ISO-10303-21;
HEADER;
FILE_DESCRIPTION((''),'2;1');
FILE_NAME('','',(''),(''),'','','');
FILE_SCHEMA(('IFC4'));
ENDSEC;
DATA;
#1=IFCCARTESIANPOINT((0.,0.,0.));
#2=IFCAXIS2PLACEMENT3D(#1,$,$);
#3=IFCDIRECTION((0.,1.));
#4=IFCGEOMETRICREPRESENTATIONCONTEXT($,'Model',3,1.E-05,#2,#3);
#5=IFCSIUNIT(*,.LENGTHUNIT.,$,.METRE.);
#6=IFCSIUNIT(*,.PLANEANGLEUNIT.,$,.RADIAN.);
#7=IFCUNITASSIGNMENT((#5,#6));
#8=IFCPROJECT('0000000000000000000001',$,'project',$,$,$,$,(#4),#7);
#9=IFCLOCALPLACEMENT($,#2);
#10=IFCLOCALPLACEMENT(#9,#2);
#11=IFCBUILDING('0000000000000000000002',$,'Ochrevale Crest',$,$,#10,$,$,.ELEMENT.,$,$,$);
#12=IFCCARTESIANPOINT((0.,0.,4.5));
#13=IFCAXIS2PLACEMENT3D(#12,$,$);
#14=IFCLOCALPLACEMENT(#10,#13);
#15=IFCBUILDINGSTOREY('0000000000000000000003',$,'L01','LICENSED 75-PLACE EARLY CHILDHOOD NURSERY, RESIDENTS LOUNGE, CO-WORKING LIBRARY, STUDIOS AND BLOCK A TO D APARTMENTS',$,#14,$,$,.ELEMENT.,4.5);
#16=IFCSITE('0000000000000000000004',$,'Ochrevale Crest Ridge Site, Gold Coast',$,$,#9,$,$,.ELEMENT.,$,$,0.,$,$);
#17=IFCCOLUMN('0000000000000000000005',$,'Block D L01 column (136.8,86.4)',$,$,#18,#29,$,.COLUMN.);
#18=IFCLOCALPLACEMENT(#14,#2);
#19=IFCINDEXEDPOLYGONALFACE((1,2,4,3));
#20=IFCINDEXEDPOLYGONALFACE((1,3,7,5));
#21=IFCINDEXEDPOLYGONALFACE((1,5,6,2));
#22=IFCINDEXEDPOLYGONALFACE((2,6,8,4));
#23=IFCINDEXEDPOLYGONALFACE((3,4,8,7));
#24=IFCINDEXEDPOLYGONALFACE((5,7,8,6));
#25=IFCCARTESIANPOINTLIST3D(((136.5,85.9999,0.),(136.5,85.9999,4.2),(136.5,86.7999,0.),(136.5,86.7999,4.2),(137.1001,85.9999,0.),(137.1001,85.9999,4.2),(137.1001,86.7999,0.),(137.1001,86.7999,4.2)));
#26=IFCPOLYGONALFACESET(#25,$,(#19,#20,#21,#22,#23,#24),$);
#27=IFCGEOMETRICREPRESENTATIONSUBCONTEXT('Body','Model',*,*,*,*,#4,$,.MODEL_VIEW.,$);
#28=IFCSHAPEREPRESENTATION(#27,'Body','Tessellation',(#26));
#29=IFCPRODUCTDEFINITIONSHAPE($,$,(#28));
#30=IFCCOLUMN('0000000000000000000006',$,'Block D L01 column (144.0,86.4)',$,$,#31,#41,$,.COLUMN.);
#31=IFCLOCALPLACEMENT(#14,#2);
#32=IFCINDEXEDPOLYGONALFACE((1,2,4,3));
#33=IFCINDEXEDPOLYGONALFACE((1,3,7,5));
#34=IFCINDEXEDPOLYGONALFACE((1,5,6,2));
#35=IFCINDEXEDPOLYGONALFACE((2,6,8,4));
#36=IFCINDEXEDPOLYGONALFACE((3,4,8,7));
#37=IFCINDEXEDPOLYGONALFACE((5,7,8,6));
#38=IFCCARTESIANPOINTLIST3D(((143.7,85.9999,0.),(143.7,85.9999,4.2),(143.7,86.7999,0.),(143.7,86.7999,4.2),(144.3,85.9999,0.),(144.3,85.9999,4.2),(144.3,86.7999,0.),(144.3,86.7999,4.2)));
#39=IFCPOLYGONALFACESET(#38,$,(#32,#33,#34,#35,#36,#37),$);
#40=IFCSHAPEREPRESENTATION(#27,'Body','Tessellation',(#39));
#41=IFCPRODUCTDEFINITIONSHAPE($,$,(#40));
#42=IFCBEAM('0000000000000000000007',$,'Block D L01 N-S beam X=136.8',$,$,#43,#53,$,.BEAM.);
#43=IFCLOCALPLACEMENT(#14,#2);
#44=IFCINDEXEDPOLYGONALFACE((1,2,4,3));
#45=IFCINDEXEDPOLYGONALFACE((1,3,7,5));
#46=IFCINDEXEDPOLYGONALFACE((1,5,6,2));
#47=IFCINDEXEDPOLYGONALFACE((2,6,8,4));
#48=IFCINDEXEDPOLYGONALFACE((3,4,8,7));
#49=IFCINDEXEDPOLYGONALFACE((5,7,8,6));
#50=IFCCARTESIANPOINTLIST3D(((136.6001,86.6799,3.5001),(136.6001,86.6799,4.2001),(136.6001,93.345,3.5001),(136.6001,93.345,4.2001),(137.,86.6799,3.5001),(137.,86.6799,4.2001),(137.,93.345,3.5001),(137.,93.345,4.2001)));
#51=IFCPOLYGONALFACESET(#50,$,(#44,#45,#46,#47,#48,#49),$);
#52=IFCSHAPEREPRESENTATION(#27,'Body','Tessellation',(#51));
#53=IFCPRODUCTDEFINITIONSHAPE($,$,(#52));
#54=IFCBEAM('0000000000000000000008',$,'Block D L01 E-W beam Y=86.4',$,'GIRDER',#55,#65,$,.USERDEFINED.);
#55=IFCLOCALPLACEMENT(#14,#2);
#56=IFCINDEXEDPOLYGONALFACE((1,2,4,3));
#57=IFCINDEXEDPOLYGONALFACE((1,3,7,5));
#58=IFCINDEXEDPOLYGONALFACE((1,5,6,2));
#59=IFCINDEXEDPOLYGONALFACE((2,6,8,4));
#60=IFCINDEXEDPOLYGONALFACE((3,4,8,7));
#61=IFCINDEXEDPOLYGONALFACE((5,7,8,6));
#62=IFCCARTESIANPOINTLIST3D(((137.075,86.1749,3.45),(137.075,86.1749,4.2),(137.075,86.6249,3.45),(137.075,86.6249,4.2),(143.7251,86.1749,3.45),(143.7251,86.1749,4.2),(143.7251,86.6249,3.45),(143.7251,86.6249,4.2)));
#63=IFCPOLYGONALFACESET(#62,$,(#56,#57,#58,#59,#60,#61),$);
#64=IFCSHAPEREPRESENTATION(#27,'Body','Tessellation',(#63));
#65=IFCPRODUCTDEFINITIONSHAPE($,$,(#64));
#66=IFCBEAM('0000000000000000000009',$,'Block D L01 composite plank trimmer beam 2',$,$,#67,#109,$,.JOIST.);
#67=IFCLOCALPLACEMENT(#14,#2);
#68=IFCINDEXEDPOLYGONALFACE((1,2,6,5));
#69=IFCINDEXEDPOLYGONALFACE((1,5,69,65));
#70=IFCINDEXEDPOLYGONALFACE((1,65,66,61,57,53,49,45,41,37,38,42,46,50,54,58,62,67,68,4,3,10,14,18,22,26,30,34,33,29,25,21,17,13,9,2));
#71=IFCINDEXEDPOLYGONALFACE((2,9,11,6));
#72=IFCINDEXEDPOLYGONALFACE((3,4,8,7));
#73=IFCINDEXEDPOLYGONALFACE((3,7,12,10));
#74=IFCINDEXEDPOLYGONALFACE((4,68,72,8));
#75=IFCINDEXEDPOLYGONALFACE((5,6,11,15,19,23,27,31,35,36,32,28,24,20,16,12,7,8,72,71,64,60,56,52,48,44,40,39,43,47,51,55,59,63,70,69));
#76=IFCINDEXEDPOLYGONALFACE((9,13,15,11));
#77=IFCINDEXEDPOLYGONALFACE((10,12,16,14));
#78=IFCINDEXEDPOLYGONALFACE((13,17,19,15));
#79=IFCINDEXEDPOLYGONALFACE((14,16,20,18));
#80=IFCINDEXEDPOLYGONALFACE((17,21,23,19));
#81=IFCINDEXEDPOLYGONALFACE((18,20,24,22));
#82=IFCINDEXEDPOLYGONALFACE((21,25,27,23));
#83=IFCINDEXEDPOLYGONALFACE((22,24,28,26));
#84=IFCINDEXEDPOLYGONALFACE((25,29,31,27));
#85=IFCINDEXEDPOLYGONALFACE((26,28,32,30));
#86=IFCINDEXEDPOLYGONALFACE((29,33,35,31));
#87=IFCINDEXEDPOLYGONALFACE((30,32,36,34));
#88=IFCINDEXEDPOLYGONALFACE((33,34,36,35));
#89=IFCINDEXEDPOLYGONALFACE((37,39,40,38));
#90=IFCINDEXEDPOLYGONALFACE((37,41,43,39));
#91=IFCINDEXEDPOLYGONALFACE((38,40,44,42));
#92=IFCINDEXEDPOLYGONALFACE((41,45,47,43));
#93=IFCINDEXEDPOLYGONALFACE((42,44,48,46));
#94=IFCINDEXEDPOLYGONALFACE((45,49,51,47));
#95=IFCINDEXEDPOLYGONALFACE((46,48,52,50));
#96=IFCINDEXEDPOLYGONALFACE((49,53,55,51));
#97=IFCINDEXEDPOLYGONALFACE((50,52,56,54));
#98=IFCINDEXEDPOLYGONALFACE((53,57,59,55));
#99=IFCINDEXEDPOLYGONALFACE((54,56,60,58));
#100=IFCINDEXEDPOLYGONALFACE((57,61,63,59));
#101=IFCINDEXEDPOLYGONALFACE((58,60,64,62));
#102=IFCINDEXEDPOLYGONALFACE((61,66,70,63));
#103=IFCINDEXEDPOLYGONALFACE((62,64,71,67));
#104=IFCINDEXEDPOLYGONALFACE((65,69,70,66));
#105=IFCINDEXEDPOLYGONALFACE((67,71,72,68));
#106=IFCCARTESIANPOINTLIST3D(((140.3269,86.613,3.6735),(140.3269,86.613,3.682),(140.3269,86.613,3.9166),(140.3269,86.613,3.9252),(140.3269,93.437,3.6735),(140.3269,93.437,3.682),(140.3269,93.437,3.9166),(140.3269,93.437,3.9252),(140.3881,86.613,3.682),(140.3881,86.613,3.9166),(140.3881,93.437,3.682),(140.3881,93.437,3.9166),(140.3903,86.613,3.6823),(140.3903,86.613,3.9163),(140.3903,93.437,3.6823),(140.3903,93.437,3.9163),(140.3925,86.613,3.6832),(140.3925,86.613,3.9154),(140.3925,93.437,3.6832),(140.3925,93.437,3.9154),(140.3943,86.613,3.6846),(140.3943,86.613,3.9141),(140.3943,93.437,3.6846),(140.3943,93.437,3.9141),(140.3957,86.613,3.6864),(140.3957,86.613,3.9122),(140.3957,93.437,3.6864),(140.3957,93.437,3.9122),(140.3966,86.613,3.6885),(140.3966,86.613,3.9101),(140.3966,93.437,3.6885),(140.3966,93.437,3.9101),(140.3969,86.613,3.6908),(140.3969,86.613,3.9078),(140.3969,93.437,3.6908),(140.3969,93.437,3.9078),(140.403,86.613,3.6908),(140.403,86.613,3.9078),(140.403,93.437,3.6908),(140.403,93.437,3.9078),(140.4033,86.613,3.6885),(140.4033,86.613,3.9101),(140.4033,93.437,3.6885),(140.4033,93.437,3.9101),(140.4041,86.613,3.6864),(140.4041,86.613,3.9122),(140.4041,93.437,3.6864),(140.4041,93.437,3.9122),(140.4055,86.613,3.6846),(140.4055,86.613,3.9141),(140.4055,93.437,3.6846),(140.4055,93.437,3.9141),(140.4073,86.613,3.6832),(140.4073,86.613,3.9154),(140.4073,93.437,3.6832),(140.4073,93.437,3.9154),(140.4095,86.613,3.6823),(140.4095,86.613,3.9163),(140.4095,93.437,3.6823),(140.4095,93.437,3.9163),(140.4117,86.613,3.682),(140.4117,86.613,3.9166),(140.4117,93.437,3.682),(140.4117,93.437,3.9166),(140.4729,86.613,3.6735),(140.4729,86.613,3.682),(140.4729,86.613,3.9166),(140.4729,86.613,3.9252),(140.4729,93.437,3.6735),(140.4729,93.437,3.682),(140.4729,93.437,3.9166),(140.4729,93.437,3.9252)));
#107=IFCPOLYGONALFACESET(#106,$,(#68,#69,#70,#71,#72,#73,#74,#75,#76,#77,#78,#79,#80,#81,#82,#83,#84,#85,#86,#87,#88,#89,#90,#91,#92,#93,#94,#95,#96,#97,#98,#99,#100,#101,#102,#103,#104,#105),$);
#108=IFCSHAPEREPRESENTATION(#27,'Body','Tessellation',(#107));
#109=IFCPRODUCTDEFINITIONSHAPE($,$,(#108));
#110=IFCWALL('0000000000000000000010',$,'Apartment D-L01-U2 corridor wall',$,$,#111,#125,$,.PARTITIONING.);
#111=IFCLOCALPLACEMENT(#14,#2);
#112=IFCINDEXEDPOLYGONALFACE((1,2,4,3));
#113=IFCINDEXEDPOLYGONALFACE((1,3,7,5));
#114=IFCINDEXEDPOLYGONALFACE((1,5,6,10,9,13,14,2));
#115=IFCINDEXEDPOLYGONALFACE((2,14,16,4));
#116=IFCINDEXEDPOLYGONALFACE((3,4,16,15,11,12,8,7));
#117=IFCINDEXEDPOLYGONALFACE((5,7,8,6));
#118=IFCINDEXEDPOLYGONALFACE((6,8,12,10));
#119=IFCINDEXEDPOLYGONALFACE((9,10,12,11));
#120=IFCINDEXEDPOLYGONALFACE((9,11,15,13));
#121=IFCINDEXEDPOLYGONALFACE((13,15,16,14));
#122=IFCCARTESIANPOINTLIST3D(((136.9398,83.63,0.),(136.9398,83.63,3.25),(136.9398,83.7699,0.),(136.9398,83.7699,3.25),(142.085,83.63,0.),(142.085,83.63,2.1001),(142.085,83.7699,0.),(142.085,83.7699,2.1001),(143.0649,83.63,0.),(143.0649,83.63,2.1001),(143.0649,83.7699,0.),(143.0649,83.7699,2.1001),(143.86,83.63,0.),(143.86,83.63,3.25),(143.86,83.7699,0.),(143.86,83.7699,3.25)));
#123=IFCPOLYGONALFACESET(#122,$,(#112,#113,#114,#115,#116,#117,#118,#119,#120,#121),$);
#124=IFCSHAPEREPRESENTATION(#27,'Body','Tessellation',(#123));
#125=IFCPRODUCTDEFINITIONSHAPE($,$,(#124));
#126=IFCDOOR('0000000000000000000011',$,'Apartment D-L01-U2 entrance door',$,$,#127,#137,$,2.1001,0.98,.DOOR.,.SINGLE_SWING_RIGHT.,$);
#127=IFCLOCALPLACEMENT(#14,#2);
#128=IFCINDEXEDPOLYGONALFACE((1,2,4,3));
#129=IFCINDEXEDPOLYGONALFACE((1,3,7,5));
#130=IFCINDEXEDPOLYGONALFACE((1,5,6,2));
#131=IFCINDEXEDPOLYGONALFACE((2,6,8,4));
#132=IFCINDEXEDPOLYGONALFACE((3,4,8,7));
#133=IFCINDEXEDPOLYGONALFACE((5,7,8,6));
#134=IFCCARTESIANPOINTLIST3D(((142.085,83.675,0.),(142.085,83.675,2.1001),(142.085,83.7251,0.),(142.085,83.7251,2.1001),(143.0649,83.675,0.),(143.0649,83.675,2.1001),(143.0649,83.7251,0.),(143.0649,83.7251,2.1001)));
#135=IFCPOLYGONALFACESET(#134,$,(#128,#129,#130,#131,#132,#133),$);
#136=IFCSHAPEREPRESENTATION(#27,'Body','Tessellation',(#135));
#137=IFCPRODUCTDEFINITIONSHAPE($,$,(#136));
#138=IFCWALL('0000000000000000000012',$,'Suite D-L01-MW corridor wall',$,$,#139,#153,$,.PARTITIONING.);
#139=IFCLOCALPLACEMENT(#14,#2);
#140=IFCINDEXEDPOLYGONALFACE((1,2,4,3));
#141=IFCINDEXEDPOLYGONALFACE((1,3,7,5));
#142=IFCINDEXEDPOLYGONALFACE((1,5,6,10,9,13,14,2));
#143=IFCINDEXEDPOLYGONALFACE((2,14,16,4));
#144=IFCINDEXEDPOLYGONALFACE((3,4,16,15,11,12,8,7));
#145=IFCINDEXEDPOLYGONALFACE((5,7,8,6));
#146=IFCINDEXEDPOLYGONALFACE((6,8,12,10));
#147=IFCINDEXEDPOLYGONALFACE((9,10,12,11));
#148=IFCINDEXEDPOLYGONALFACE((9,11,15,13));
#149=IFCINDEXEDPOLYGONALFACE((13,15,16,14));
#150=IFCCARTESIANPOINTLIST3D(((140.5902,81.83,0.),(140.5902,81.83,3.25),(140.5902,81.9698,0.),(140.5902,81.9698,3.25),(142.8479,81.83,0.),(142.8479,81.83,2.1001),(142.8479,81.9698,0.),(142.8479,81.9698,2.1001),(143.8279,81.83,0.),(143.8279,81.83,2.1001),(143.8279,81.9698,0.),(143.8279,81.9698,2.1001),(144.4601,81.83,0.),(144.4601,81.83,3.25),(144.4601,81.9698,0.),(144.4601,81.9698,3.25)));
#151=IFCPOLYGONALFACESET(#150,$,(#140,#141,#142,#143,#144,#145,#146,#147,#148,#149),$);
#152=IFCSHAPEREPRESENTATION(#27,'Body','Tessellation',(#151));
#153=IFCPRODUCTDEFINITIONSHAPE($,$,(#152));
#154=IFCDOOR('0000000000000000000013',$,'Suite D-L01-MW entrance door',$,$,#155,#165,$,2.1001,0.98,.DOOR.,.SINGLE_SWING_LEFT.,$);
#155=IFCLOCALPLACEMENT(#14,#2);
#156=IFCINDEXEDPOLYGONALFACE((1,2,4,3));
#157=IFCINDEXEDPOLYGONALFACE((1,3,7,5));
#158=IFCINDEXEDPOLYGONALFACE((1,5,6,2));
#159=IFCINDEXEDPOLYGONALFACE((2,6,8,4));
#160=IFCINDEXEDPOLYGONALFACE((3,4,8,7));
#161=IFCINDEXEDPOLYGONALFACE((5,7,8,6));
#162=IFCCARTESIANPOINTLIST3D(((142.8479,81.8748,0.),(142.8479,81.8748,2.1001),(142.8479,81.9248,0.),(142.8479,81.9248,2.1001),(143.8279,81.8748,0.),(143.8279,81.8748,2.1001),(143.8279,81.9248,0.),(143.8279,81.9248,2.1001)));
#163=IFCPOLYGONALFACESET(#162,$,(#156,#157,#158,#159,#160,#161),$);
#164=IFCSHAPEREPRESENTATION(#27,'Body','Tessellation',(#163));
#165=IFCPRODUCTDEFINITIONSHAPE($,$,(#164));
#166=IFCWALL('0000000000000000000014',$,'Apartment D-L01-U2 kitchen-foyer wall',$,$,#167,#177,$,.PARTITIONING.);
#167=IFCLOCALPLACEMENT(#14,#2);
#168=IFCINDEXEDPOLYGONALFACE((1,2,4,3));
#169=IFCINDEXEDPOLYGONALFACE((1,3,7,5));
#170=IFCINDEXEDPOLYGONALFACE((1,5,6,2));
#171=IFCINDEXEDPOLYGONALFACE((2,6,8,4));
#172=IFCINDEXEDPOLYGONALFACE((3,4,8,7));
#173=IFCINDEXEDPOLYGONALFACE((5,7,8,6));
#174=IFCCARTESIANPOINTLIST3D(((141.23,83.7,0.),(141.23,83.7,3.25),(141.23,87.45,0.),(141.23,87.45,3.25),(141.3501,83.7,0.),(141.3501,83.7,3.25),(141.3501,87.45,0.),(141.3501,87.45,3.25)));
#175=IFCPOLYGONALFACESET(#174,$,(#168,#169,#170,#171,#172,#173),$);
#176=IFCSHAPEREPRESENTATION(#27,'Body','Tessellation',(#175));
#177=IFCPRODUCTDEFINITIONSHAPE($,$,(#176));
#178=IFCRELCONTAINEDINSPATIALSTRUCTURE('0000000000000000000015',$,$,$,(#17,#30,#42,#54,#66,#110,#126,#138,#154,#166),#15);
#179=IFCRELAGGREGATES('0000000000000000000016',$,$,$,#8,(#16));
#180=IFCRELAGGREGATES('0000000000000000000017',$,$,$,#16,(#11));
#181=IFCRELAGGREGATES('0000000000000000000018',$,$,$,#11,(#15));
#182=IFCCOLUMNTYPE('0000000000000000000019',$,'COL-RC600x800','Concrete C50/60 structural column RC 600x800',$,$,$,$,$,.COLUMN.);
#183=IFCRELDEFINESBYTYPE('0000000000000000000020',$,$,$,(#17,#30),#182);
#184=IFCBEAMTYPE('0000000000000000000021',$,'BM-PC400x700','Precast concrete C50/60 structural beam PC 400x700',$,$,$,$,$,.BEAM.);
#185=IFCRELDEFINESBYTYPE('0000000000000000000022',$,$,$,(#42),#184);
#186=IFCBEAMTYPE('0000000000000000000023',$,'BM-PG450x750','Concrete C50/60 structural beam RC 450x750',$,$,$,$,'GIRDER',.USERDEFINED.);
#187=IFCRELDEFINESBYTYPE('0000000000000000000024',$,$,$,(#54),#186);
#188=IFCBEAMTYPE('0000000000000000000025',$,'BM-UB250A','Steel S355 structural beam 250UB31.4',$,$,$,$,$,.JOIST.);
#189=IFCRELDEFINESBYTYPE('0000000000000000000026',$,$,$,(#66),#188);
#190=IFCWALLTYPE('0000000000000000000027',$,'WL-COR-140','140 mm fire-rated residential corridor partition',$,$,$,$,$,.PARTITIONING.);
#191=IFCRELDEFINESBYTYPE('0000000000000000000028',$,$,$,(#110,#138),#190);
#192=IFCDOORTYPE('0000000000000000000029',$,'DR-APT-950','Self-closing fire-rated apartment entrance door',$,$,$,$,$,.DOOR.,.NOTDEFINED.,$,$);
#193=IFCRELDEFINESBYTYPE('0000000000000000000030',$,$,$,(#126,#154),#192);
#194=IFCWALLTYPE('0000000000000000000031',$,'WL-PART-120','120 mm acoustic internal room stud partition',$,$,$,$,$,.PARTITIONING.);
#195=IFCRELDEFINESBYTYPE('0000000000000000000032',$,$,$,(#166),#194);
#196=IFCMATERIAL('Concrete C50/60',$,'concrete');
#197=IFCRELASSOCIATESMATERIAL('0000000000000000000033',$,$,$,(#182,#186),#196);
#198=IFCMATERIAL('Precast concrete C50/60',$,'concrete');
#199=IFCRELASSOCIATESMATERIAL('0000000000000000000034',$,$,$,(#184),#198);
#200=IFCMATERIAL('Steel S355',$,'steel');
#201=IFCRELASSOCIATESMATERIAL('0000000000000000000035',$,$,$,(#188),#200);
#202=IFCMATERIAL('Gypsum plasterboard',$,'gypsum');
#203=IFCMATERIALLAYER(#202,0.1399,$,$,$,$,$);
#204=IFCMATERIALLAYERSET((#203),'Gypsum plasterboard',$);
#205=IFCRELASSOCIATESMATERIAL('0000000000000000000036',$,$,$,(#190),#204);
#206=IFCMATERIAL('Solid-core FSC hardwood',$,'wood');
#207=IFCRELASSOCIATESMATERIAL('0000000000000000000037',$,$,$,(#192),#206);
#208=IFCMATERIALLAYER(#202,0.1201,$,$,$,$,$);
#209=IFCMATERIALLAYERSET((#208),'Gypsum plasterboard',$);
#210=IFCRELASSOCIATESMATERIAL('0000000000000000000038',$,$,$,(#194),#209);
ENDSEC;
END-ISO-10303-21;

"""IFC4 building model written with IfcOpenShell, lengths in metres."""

from ifc_helpers import new_model, si_unit, direction, frame, frame_2d, origin, origin_2d, place, context, subcontext, project, spatial, rectangle, i_section, extrude, material, layer, layer_set, material_profile, profile_set, type_object, element, fill, save


model = new_model("IFC4")

# Units and contexts
model_context = context("Model", 3, precision=1e-05, world=origin(), true_north=direction((0.0, 1.0)))
body_context = subcontext(model_context, "Body", "Model", "MODEL_VIEW")
ifc_project = project(units=[si_unit("LENGTHUNIT", "METRE"), si_unit("PLANEANGLEUNIT", "RADIAN")], contexts=[model_context])

# Site, building, storey
site_placement = place(None, origin())
site = spatial("IfcSite", under=ifc_project, at=site_placement, Name="Ochrevale Crest Ridge Site, Gold Coast", CompositionType="ELEMENT", RefElevation=0.0)
building_placement = place(site_placement, origin())
building = spatial("IfcBuilding", under=site, at=building_placement, Name="Ochrevale Crest", CompositionType="ELEMENT")
storey_placement = place(building_placement, frame((0.0, 0.0, 4.5)))
storey = spatial("IfcBuildingStorey", under=building, at=storey_placement, Name="L01", Description="LICENSED 75-PLACE EARLY CHILDHOOD NURSERY, RESIDENTS LOUNGE, CO-WORKING LIBRARY, STUDIOS AND BLOCK A TO D APARTMENTS", CompositionType="ELEMENT", Elevation=4.5)

# Columns
ifc_material_1 = material(Name="Concrete C50/60", Category="concrete")
ifc_material_profile_1 = material_profile(ifc_material_1, rectangle(XDim=0.6001, YDim=0.8, at=origin_2d()), Name="RC 600x800")
ifc_profile_set_1 = profile_set([ifc_material_profile_1], Name="Concrete C50/60")
column_type = type_object("IfcColumnType", Name="COL-RC600x800", Description="Concrete C50/60 structural column RC 600x800", PredefinedType="COLUMN", material=ifc_profile_set_1)
for number, where, z_axis, x_axis, name in (
    (1, (136.8, 86.3999, 0.0), (0.0, 0.0, 1.0), (1.0, 0.0, 0.0), "Block D L01 column (136.8,86.4)"),
    (2, (144.0, 86.3999, 0.0), (0.0, 0.0, 1.0), (1.0, 0.0, 0.0), "Block D L01 column (144.0,86.4)"),
):
    element("IfcColumn", number, at=place(storey_placement, frame(where, z_axis=z_axis, x_axis=x_axis)), inside=storey, type_object=column_type, Name=name, PredefinedType="COLUMN", context=body_context, shape_type="SweptSolid", body=[
        extrude(rectangle(XDim=0.6001, YDim=0.8, at=origin_2d()), origin(), (0.0, 0.0, 1.0), 4.2),
    ])

# Beams
ifc_material_2 = material(Name="Precast concrete C50/60", Category="concrete")
ifc_material_profile_2 = material_profile(ifc_material_2, rectangle(XDim=0.3999, YDim=0.7, at=origin_2d()), Name="PC 400x700")
ifc_profile_set_2 = profile_set([ifc_material_profile_2], Name="Precast concrete C50/60")
beam_type_1 = type_object("IfcBeamType", Name="BM-PC400x700", Description="Precast concrete C50/60 structural beam PC 400x700", PredefinedType="BEAM", material=ifc_profile_set_2)
beam_1_placement = place(storey_placement, frame((136.8, 86.6799, 3.8501), z_axis=(0.0, 1.0, 0.0), x_axis=(-1.0, 0.0, 0.0)))
element("IfcBeam", 3, at=beam_1_placement, inside=storey, type_object=beam_type_1, Name="Block D L01 N-S beam X=136.8", PredefinedType="BEAM", context=body_context, shape_type="SweptSolid", body=[
    extrude(rectangle(XDim=0.3999, YDim=0.7, at=origin_2d()), origin(), (0.0, 0.0, 1.0), 6.665),
])
ifc_material_profile_3 = material_profile(ifc_material_1, rectangle(XDim=0.45, YDim=0.75, at=origin_2d()), Name="RC 450x750")
ifc_profile_set_3 = profile_set([ifc_material_profile_3], Name="Concrete C50/60")
beam_type_2 = type_object("IfcBeamType", Name="BM-PG450x750", Description="Concrete C50/60 structural beam RC 450x750", ElementType="GIRDER", PredefinedType="USERDEFINED", material=ifc_profile_set_3)
beam_2_placement = place(storey_placement, frame((137.075, 86.3999, 3.825), z_axis=(1.0, 0.0, 0.0), x_axis=(0.0, 1.0, 0.0)))
element("IfcBeam", 4, at=beam_2_placement, inside=storey, type_object=beam_type_2, Name="Block D L01 E-W beam Y=86.4", ObjectType="GIRDER", PredefinedType="USERDEFINED", context=body_context, shape_type="SweptSolid", body=[
    extrude(rectangle(XDim=0.45, YDim=0.75, at=origin_2d()), origin(), (0.0, 0.0, 1.0), 6.6501),
])
ifc_material_3 = material(Name="Steel S355", Category="steel")
ifc_material_profile_4 = material_profile(ifc_material_3, i_section(OverallWidth=0.146, OverallDepth=0.2517, WebThickness=0.0061, FlangeThickness=0.0085, FilletRadius=0.0088, at=origin_2d()), Name="250UB31.4")
ifc_profile_set_4 = profile_set([ifc_material_profile_4], Name="Steel S355")
beam_type_3 = type_object("IfcBeamType", Name="BM-UB250A", Description="Steel S355 structural beam 250UB31.4", PredefinedType="JOIST", material=ifc_profile_set_4)
beam_3_placement = place(storey_placement, frame((140.3999, 86.613, 3.7993), z_axis=(0.0, 1.0, 0.0), x_axis=(-1.0, 0.0, 0.0)))
element("IfcBeam", 5, at=beam_3_placement, inside=storey, type_object=beam_type_3, Name="Block D L01 composite plank trimmer beam 2", PredefinedType="JOIST", context=body_context, shape_type="SweptSolid", body=[
    extrude(i_section(OverallWidth=0.146, OverallDepth=0.2517, WebThickness=0.0061, FlangeThickness=0.0085, FilletRadius=0.0088, at=origin_2d()), origin(), (0.0, 0.0, 1.0), 6.824),
])

# Walls, openings, doors
ifc_material_4 = material(Name="Gypsum plasterboard", Category="gypsum")
ifc_layer_1 = layer(ifc_material_4, 0.1399)
ifc_layer_set_1 = layer_set([ifc_layer_1], Name="Gypsum plasterboard")
wall_type_1 = type_object("IfcWallType", Name="WL-COR-140", Description="140 mm fire-rated residential corridor partition", PredefinedType="PARTITIONING", material=ifc_layer_set_1)
wall_1_placement = place(storey_placement, frame((136.9399, 83.7, 0.0), z_axis=(0.0, 0.0, 1.0), x_axis=(1.0, 0.0, 0.0)))
wall_1 = element("IfcWall", 6, at=wall_1_placement, inside=storey, type_object=wall_type_1, Name="Apartment D-L01-U2 corridor wall", PredefinedType="PARTITIONING", context=body_context, shape_type="SweptSolid", body=[
    extrude(rectangle(XDim=6.9202, YDim=0.1399, at=frame_2d((3.46, 0.0))), origin(), (0.0, 0.0, 1.0), 3.25),
])
opening_1_placement = place(wall_1_placement, frame((6.125, 0.0, 0.0), z_axis=(0.0, 0.0, 1.0), x_axis=(-1.0, 0.0, 0.0)))
opening_1 = element("IfcOpeningElement", 7, at=opening_1_placement, cuts=wall_1, PredefinedType="OPENING", context=body_context, shape_type="SweptSolid", body=[
    extrude(rectangle(XDim=0.98, YDim=2.1001, at=frame_2d((0.49, 1.05))), frame((0.0, 0.0801, 0.0), z_axis=(0.0, -1.0, 0.0), x_axis=(1.0, 0.0, 0.0)), (0.0, 0.0, 1.0), 0.1599),
])
ifc_material_5 = material(Name="Solid-core FSC hardwood", Category="wood")
door_type_1 = type_object("IfcDoorType", Name="DR-APT-950", Description="Self-closing fire-rated apartment entrance door", OperationType="NOTDEFINED", PredefinedType="DOOR", material=ifc_material_5)
door_1_placement = place(opening_1_placement, origin())
door_1 = element("IfcDoor", 8, at=door_1_placement, inside=storey, type_object=door_type_1, Name="Apartment D-L01-U2 entrance door", OperationType="SINGLE_SWING_RIGHT", OverallHeight=2.1001, OverallWidth=0.98, PredefinedType="DOOR", context=body_context, shape_type="SweptSolid", body=[
    extrude(rectangle(XDim=0.98, YDim=2.1001, at=frame_2d((0.49, 1.05))), frame((0.0, 0.0249, 0.0), z_axis=(0.0, -1.0, 0.0), x_axis=(1.0, 0.0, 0.0)), (0.0, 0.0, 1.0), 0.05),
])
fill(opening_1, door_1)
wall_2_placement = place(storey_placement, frame((140.5901, 81.8999, 0.0), z_axis=(0.0, 0.0, 1.0), x_axis=(1.0, 0.0, 0.0)))
wall_2 = element("IfcWall", 9, at=wall_2_placement, inside=storey, type_object=wall_type_1, Name="Suite D-L01-MW corridor wall", PredefinedType="PARTITIONING", context=body_context, shape_type="SweptSolid", body=[
    extrude(rectangle(XDim=3.8699, YDim=0.1399, at=frame_2d((1.9351, 0.0))), origin(), (0.0, 0.0, 1.0), 3.25),
])
opening_2_placement = place(wall_2_placement, frame((2.2578, 0.0, 0.0)))
opening_2 = element("IfcOpeningElement", 10, at=opening_2_placement, cuts=wall_2, PredefinedType="OPENING", context=body_context, shape_type="SweptSolid", body=[
    extrude(rectangle(XDim=0.98, YDim=2.1001, at=frame_2d((0.49, 1.05))), frame((0.0, 0.0801, 0.0), z_axis=(0.0, -1.0, 0.0), x_axis=(1.0, 0.0, 0.0)), (0.0, 0.0, 1.0), 0.1599),
])
door_2_placement = place(opening_2_placement, origin())
door_2 = element("IfcDoor", 11, at=door_2_placement, inside=storey, type_object=door_type_1, Name="Suite D-L01-MW entrance door", OperationType="SINGLE_SWING_LEFT", OverallHeight=2.1001, OverallWidth=0.98, PredefinedType="DOOR", context=body_context, shape_type="SweptSolid", body=[
    extrude(rectangle(XDim=0.98, YDim=2.1001, at=frame_2d((0.49, 1.05))), frame((0.0, 0.0249, 0.0), z_axis=(0.0, -1.0, 0.0), x_axis=(1.0, 0.0, 0.0)), (0.0, 0.0, 1.0), 0.05),
])
fill(opening_2, door_2)

# Wall
ifc_layer_2 = layer(ifc_material_4, 0.1201)
ifc_layer_set_2 = layer_set([ifc_layer_2], Name="Gypsum plasterboard")
wall_type_2 = type_object("IfcWallType", Name="WL-PART-120", Description="120 mm acoustic internal room stud partition", PredefinedType="PARTITIONING", material=ifc_layer_set_2)
wall_3_placement = place(storey_placement, frame((141.29, 83.7, 0.0), z_axis=(0.0, 0.0, 1.0), x_axis=(0.0, 1.0, 0.0)))
element("IfcWall", 12, at=wall_3_placement, inside=storey, type_object=wall_type_2, Name="Apartment D-L01-U2 kitchen-foyer wall", PredefinedType="PARTITIONING", context=body_context, shape_type="SweptSolid", body=[
    extrude(rectangle(XDim=3.75, YDim=0.1201, at=frame_2d((1.875, 0.0))), origin(), (0.0, 0.0, 1.0), 3.25),
])

save(model, "model.ifc")
